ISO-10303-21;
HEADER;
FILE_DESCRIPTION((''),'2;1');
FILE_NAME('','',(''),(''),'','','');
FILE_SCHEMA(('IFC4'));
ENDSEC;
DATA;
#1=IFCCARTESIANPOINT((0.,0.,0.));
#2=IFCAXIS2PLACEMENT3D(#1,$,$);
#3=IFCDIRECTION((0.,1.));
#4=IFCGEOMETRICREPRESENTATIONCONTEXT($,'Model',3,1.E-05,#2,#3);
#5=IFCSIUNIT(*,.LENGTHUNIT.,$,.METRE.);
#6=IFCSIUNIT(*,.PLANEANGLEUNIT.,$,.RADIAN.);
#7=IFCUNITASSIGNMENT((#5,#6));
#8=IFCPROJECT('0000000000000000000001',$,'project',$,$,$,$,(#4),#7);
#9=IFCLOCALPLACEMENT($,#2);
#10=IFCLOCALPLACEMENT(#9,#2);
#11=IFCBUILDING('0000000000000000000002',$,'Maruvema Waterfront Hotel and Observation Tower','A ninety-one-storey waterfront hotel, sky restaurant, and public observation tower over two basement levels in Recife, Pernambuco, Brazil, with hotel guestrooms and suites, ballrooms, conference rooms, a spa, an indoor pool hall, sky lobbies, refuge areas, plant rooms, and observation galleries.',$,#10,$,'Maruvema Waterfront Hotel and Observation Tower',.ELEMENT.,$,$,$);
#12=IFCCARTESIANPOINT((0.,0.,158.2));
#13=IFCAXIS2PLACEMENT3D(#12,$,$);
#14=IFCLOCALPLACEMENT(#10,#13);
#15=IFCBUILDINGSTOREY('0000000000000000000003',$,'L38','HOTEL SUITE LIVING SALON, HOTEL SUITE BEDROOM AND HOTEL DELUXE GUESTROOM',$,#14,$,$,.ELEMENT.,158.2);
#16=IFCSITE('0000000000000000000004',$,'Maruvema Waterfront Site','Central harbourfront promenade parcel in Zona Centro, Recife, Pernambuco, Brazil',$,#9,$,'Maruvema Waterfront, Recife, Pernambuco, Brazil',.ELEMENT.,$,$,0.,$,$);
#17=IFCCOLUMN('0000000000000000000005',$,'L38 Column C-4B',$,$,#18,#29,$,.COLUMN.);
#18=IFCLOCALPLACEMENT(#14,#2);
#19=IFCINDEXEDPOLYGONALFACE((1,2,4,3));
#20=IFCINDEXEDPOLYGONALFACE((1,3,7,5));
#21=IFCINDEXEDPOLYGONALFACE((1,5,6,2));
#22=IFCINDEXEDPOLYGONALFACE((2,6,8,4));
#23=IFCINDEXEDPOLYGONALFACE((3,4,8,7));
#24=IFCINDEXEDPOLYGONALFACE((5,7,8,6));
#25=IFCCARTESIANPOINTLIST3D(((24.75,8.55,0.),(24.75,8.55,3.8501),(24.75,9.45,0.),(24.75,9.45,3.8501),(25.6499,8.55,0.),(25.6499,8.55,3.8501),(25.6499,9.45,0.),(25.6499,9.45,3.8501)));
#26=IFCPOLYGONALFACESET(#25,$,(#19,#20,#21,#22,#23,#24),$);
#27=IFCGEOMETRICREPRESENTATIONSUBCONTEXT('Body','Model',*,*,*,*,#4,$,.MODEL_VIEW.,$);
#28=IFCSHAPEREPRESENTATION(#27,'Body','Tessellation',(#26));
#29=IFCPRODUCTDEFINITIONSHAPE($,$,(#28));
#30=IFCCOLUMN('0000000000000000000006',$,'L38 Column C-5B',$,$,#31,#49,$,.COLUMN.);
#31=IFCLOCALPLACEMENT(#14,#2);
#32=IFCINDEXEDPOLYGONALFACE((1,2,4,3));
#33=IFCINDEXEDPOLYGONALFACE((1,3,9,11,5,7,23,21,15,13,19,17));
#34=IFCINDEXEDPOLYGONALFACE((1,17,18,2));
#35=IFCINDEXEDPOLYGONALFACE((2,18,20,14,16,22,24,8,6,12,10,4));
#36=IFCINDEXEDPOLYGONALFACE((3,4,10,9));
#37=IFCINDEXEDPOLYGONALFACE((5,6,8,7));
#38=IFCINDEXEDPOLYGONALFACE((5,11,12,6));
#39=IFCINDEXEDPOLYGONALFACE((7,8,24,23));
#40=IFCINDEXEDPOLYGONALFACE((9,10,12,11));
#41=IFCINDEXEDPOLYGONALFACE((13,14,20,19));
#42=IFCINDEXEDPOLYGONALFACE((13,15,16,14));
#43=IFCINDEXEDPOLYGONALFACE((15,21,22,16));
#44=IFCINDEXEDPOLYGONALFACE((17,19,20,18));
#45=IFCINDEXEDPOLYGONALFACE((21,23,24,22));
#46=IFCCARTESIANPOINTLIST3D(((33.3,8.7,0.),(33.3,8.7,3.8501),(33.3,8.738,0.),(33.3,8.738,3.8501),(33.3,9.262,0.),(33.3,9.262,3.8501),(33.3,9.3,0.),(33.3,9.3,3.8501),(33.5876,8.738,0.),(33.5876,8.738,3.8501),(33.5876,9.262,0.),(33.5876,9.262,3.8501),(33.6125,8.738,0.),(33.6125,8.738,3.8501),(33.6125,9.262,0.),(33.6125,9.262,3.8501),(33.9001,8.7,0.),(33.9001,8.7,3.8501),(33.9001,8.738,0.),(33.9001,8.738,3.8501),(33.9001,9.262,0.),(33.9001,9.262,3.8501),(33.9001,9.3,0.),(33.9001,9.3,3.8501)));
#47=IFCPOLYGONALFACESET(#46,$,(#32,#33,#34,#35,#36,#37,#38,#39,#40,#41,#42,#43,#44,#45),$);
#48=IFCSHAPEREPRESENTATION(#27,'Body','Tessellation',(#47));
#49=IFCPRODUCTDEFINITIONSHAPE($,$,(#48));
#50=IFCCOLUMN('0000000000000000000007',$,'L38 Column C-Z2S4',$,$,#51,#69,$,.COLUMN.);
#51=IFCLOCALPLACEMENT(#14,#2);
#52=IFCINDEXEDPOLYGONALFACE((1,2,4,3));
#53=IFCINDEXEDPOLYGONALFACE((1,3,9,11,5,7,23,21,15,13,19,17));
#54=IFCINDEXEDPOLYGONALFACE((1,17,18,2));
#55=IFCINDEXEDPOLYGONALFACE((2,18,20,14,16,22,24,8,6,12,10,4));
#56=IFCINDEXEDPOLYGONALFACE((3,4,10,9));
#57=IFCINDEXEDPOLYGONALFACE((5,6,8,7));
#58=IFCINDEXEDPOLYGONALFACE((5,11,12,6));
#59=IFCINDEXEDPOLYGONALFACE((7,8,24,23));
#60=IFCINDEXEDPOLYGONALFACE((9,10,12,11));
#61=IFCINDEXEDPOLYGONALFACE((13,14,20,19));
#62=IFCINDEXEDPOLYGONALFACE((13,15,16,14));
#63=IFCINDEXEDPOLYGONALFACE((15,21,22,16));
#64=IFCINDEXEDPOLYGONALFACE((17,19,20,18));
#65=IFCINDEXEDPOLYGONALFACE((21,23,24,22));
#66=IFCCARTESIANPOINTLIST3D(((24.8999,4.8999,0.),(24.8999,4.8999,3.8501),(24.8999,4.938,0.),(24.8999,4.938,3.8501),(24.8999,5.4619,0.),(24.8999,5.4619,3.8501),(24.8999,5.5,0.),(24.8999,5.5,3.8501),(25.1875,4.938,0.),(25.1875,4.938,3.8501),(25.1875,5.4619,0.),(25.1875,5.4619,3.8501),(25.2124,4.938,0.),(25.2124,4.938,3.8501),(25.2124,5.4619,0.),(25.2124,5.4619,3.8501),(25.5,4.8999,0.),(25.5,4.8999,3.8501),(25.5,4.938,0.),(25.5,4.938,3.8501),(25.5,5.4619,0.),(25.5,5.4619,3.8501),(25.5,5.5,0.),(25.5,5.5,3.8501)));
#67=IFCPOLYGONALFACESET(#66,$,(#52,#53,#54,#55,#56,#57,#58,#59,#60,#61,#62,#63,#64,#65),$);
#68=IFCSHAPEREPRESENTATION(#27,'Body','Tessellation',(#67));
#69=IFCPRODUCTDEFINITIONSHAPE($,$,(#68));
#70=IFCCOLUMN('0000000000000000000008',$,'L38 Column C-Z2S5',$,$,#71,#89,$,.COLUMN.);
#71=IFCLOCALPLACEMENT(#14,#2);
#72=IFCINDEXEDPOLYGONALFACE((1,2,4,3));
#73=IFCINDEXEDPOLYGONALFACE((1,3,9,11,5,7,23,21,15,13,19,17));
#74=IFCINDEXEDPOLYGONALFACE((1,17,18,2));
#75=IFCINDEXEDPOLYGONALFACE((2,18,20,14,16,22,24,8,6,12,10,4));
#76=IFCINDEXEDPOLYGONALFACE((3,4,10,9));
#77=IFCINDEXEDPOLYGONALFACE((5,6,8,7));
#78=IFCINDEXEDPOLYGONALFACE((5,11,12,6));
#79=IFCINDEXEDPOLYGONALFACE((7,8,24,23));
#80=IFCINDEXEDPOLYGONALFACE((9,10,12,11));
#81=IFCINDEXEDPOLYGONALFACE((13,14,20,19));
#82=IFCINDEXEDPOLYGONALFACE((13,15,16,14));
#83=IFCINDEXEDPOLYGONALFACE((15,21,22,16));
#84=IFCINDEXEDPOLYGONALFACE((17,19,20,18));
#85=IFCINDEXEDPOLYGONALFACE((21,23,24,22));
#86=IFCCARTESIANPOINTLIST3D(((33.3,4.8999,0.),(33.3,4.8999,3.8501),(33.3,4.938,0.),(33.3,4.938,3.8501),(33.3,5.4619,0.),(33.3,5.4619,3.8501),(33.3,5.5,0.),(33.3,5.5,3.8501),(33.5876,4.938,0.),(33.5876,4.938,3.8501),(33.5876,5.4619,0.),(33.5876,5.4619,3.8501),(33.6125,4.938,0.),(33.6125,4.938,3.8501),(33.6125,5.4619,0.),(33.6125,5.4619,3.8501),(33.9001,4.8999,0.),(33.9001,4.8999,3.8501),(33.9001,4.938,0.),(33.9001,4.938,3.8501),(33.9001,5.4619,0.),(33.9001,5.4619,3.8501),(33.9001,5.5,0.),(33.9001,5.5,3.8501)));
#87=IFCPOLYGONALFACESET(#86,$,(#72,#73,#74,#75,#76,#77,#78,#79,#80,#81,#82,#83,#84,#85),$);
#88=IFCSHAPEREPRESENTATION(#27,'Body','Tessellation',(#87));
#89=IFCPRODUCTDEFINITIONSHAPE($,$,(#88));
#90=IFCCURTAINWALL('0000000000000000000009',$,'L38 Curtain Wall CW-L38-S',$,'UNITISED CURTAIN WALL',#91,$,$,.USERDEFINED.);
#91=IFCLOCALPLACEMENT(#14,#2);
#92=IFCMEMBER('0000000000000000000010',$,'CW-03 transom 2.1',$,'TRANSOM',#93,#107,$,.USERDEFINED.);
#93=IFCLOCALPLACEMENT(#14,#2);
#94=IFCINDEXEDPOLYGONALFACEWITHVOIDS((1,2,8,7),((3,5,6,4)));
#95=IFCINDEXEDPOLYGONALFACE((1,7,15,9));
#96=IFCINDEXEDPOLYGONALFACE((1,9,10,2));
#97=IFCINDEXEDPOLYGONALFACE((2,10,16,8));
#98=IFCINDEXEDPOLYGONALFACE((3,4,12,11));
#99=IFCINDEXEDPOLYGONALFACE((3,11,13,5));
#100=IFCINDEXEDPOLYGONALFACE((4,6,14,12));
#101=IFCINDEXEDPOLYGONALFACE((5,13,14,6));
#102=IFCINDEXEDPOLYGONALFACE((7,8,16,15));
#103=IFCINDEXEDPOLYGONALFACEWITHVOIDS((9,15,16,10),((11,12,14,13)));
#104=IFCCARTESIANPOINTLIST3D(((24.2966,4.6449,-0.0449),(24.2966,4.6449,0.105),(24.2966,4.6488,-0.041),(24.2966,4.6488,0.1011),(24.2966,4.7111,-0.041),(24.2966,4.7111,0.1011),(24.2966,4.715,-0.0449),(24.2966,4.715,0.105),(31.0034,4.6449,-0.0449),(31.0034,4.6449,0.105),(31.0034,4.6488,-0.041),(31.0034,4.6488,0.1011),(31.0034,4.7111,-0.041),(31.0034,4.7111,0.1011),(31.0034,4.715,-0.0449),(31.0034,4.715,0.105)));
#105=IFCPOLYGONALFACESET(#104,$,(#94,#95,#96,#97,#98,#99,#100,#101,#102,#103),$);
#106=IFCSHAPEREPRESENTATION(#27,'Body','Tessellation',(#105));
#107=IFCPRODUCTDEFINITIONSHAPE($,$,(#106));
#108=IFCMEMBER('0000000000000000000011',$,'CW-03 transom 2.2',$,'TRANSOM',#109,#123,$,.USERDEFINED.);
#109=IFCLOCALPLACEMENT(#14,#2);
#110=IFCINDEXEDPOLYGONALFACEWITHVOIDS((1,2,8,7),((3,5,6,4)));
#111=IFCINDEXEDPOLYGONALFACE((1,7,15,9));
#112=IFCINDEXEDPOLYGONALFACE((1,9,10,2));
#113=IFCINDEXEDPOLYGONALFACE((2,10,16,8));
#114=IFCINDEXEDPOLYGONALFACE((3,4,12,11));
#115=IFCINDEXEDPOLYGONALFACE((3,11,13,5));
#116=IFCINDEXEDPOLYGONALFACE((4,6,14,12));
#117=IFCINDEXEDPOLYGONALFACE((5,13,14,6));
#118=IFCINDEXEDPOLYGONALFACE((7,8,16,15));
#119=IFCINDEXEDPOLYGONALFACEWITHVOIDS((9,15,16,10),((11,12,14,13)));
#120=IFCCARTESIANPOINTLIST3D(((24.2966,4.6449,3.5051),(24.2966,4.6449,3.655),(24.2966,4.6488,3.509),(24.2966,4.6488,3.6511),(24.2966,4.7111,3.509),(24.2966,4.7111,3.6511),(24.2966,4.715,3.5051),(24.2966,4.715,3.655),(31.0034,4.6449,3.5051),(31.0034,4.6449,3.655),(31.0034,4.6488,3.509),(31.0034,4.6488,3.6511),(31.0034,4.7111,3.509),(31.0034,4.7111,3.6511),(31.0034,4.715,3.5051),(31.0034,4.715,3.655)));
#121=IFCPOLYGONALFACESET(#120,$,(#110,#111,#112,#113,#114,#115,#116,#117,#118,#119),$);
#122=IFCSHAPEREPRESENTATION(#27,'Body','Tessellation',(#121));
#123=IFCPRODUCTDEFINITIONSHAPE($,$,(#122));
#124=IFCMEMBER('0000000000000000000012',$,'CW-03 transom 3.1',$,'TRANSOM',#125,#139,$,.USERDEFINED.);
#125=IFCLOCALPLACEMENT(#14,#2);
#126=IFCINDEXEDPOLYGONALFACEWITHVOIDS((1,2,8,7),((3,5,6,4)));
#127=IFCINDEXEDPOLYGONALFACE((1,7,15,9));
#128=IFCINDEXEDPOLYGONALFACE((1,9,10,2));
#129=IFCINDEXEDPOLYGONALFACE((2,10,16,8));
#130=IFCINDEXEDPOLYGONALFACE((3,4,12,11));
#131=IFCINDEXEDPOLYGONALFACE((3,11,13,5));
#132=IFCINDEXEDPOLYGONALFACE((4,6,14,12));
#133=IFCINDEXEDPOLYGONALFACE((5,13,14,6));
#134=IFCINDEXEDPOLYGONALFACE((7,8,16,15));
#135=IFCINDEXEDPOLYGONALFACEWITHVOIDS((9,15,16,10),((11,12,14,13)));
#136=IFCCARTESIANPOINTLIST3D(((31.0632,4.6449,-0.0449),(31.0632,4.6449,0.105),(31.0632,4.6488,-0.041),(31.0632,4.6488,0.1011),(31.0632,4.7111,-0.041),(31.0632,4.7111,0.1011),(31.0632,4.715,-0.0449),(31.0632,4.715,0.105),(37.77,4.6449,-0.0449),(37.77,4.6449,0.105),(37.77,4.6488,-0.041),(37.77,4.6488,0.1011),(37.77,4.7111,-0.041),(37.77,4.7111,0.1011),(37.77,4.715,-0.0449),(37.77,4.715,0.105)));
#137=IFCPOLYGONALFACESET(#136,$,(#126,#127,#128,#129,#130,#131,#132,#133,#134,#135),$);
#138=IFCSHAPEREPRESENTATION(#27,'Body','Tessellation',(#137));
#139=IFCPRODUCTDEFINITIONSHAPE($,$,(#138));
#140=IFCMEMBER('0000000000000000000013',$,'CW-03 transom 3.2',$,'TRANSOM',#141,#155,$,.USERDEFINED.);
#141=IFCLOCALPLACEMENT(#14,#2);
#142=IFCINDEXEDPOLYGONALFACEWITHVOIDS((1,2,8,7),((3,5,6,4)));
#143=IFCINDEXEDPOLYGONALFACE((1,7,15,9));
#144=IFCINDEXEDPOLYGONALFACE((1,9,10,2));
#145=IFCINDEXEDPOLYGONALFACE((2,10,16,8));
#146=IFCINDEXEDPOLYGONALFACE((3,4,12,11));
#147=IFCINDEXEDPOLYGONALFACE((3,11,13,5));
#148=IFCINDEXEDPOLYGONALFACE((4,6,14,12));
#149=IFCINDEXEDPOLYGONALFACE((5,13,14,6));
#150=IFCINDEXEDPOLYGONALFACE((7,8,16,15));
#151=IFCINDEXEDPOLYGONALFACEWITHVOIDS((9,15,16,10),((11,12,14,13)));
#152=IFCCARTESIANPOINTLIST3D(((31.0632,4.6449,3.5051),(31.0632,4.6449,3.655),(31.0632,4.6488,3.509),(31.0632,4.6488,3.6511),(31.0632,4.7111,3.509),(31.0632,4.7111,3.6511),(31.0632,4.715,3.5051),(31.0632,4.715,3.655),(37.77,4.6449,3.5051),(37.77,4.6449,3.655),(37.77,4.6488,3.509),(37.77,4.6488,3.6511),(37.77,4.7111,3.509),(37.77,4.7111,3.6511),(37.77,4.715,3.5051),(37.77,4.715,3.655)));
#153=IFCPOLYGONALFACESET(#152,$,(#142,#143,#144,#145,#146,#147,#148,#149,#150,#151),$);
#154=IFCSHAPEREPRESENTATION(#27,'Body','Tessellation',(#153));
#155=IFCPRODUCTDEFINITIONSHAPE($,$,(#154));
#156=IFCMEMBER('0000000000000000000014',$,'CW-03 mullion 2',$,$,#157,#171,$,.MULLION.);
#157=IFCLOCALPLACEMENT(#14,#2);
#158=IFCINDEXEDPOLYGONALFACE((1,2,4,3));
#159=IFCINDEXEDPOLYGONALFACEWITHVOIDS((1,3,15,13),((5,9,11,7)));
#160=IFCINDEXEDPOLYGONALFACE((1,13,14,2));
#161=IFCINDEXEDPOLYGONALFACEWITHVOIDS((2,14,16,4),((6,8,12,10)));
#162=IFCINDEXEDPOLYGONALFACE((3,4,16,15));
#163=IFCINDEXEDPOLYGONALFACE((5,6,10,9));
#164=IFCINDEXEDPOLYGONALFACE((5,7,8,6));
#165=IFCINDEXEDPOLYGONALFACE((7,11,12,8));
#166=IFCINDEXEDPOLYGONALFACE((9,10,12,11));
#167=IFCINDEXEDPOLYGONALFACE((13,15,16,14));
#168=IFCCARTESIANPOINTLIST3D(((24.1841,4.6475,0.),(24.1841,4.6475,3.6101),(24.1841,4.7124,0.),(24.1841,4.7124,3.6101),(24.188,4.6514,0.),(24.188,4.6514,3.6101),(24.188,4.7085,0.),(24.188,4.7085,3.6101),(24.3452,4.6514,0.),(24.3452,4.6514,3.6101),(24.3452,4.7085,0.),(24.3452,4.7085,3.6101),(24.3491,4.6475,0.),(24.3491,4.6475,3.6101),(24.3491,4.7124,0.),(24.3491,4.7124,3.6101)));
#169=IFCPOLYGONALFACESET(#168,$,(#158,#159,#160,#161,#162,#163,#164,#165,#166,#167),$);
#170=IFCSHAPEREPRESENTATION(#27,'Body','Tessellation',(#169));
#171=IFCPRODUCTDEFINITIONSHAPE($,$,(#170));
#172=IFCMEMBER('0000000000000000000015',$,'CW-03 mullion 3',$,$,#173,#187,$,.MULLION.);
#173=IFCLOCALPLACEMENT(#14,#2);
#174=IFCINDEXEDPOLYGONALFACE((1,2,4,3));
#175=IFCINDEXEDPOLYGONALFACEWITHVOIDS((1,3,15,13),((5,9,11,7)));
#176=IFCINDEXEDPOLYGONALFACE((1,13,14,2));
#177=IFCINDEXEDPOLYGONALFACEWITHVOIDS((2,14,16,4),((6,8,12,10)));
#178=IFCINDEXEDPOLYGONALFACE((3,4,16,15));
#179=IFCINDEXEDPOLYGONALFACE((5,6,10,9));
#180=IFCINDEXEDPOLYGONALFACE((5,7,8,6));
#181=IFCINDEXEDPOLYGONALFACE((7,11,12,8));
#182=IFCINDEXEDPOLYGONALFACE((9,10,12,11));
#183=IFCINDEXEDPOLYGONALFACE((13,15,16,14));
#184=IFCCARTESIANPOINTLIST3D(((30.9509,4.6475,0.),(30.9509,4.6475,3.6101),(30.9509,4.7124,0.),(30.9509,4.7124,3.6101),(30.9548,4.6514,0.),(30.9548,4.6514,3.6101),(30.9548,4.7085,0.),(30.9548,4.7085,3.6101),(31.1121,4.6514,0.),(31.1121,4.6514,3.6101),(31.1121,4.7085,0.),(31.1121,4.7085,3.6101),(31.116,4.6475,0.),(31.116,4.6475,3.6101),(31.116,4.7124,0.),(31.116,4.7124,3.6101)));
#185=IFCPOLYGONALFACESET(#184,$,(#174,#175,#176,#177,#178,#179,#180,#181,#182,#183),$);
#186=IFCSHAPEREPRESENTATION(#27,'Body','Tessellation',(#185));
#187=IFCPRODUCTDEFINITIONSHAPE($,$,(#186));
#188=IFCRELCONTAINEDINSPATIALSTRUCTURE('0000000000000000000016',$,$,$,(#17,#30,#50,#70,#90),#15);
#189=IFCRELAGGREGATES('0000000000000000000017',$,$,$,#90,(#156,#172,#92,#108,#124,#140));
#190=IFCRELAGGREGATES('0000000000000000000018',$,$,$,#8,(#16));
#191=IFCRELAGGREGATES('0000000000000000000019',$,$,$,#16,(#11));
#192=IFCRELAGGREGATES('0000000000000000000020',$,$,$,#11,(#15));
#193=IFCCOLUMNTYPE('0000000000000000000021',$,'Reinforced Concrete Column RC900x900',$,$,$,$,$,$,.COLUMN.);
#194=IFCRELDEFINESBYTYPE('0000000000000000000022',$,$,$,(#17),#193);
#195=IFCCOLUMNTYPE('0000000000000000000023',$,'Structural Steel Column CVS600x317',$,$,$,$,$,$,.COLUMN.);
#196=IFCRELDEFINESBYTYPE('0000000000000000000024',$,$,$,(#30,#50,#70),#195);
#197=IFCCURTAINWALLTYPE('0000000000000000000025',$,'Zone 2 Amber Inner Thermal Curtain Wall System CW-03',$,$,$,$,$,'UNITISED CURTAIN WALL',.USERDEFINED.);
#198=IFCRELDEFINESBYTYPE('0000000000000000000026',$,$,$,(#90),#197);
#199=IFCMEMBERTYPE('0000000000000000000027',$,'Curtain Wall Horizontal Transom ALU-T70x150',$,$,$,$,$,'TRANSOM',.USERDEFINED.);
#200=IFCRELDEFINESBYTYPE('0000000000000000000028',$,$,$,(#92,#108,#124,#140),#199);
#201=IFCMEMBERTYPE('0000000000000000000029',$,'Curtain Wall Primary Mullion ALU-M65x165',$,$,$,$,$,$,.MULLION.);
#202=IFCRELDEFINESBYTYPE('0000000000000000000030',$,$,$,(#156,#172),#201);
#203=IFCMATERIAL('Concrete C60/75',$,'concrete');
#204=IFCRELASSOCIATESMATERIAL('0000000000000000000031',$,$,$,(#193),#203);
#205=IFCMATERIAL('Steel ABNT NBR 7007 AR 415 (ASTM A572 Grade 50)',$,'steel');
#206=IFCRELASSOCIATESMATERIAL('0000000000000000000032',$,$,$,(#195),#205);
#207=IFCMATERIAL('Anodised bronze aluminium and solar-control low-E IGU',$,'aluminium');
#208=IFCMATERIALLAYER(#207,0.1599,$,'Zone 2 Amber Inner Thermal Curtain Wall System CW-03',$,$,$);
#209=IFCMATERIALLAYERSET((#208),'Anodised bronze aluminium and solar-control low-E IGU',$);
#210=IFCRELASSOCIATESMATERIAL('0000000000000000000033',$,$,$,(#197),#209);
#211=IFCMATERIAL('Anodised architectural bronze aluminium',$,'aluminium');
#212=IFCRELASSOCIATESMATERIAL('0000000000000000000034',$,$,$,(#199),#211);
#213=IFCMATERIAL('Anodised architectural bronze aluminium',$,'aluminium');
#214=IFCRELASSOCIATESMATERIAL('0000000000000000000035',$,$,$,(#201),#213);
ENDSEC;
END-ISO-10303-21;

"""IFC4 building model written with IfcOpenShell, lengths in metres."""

from ifc_helpers import new_model, si_unit, direction, frame, origin, origin_2d, place, context, subcontext, project, spatial, rectangle, hollow_rectangle, i_section, extrude, material, layer, layer_set, material_profile, profile_set, type_object, element, aggregate, save


model = new_model("IFC4")

# Units and contexts
model_context = context("Model", 3, precision=1e-05, world=origin(), true_north=direction((0.0, 1.0)))
body_context = subcontext(model_context, "Body", "Model", "MODEL_VIEW")
ifc_project = project(units=[si_unit("LENGTHUNIT", "METRE"), si_unit("PLANEANGLEUNIT", "RADIAN")], contexts=[model_context])

# Site, building, storey
site_placement = place(None, origin())
site = spatial("IfcSite", under=ifc_project, at=site_placement, Name="Maruvema Waterfront Site", Description="Central harbourfront promenade parcel in Zona Centro, Recife, Pernambuco, Brazil", LongName="Maruvema Waterfront, Recife, Pernambuco, Brazil", CompositionType="ELEMENT", RefElevation=0.0)
building_placement = place(site_placement, origin())
building = spatial("IfcBuilding", under=site, at=building_placement, Name="Maruvema Waterfront Hotel and Observation Tower", Description="A ninety-one-storey waterfront hotel, sky restaurant, and public observation tower over two basement levels in Recife, Pernambuco, Brazil, with hotel guestrooms and suites, ballrooms, conference rooms, a spa, an indoor pool hall, sky lobbies, refuge areas, plant rooms, and observation galleries.", LongName="Maruvema Waterfront Hotel and Observation Tower", CompositionType="ELEMENT")
storey_placement = place(building_placement, frame((0.0, 0.0, 158.2)))
storey = spatial("IfcBuildingStorey", under=building, at=storey_placement, Name="L38", Description="HOTEL SUITE LIVING SALON, HOTEL SUITE BEDROOM AND HOTEL DELUXE GUESTROOM", CompositionType="ELEMENT", Elevation=158.2)

# Columns
ifc_material_1 = material(Name="Concrete C60/75", Category="concrete")
ifc_material_profile_1 = material_profile(ifc_material_1, rectangle(XDim=0.8999, YDim=0.8999, at=origin_2d()), Name="RC900x900")
ifc_profile_set_1 = profile_set([ifc_material_profile_1], Name="Concrete C60/75")
column_type_1 = type_object("IfcColumnType", Name="Reinforced Concrete Column RC900x900", PredefinedType="COLUMN", material=ifc_profile_set_1)
column_placement = place(storey_placement, frame((25.2, 9.0, 0.0), z_axis=(0.0, 0.0, 1.0), x_axis=(1.0, 0.0, 0.0)))
element("IfcColumn", 1, at=column_placement, inside=storey, type_object=column_type_1, Name="L38 Column C-4B", PredefinedType="COLUMN", context=body_context, shape_type="SweptSolid", body=[
    extrude(rectangle(XDim=0.8999, YDim=0.8999, at=origin_2d()), origin(), (0.0, 0.0, 1.0), 3.8501),
])
ifc_material_2 = material(Name="Steel ABNT NBR 7007 AR 415 (ASTM A572 Grade 50)", Category="steel")
ifc_material_profile_2 = material_profile(ifc_material_2, i_section(OverallWidth=0.6001, OverallDepth=0.6001, WebThickness=0.0249, FlangeThickness=0.0381, at=origin_2d()), Name="CVS600x317")
ifc_profile_set_2 = profile_set([ifc_material_profile_2], Name="Steel ABNT NBR 7007 AR 415 (ASTM A572 Grade 50)")
column_type_2 = type_object("IfcColumnType", Name="Structural Steel Column CVS600x317", PredefinedType="COLUMN", material=ifc_profile_set_2)
for number, where, z_axis, x_axis, name in (
    (2, (33.6001, 9.0, 0.0), (0.0, 0.0, 1.0), (1.0, 0.0, 0.0), "L38 Column C-5B"),
    (3, (25.2, 5.2, 0.0), (0.0, 0.0, 1.0), (1.0, 0.0, 0.0), "L38 Column C-Z2S4"),
    (4, (33.6001, 5.2, 0.0), (0.0, 0.0, 1.0), (1.0, 0.0, 0.0), "L38 Column C-Z2S5"),
):
    element("IfcColumn", number, at=place(storey_placement, frame(where, z_axis=z_axis, x_axis=x_axis)), inside=storey, type_object=column_type_2, Name=name, PredefinedType="COLUMN", context=body_context, shape_type="SweptSolid", body=[
        extrude(i_section(OverallWidth=0.6001, OverallDepth=0.6001, WebThickness=0.0249, FlangeThickness=0.0381, at=origin_2d()), origin(), (0.0, 0.0, 1.0), 3.8501),
    ])

# Curtain wall, members
ifc_material_3 = material(Name="Anodised bronze aluminium and solar-control low-E IGU", Category="aluminium")
ifc_layer_1 = layer(ifc_material_3, 0.1599, Name="Zone 2 Amber Inner Thermal Curtain Wall System CW-03")
ifc_layer_set_1 = layer_set([ifc_layer_1], Name="Anodised bronze aluminium and solar-control low-E IGU")
curtain_wall_type = type_object("IfcCurtainWallType", Name="Zone 2 Amber Inner Thermal Curtain Wall System CW-03", ElementType="UNITISED CURTAIN WALL", PredefinedType="USERDEFINED", material=ifc_layer_set_1)
curtain_wall_placement = place(storey_placement, origin())
curtain_wall = element("IfcCurtainWall", 5, at=curtain_wall_placement, inside=storey, type_object=curtain_wall_type, Name="L38 Curtain Wall CW-L38-S", ObjectType="UNITISED CURTAIN WALL", PredefinedType="USERDEFINED")
ifc_material_4 = material(Name="Anodised architectural bronze aluminium", Category="aluminium")
ifc_material_profile_3 = material_profile(ifc_material_4, hollow_rectangle(XDim=0.0701, YDim=0.1499, WallThickness=0.0039, at=origin_2d()), Name="ALU-T70x150")
ifc_profile_set_3 = profile_set([ifc_material_profile_3], Name="Anodised architectural bronze aluminium")
member_type_1 = type_object("IfcMemberType", Name="Curtain Wall Horizontal Transom ALU-T70x150", ElementType="TRANSOM", PredefinedType="USERDEFINED", material=ifc_profile_set_3)
member_1_placement = place(storey_placement, frame((24.2966, 4.6799, 0.03), z_axis=(1.0, 0.0, 0.0), x_axis=(0.0, 1.0, 0.0)))
member_1 = element("IfcMember", 6, at=member_1_placement, type_object=member_type_1, Name="CW-03 transom 2.1", ObjectType="TRANSOM", PredefinedType="USERDEFINED", context=body_context, shape_type="SweptSolid", body=[
    extrude(hollow_rectangle(XDim=0.0701, YDim=0.1499, WallThickness=0.0039, at=origin_2d()), origin(), (0.0, 0.0, 1.0), 6.7068),
])
member_2_placement = place(storey_placement, frame((24.2966, 4.6799, 3.5801), z_axis=(1.0, 0.0, 0.0), x_axis=(0.0, 1.0, 0.0)))
member_2 = element("IfcMember", 7, at=member_2_placement, type_object=member_type_1, Name="CW-03 transom 2.2", ObjectType="TRANSOM", PredefinedType="USERDEFINED", context=body_context, shape_type="SweptSolid", body=[
    extrude(hollow_rectangle(XDim=0.0701, YDim=0.1499, WallThickness=0.0039, at=origin_2d()), origin(), (0.0, 0.0, 1.0), 6.7068),
])
member_3_placement = place(storey_placement, frame((31.0632, 4.6799, 0.03), z_axis=(1.0, 0.0, 0.0), x_axis=(0.0, 1.0, 0.0)))
member_3 = element("IfcMember", 8, at=member_3_placement, type_object=member_type_1, Name="CW-03 transom 3.1", ObjectType="TRANSOM", PredefinedType="USERDEFINED", context=body_context, shape_type="SweptSolid", body=[
    extrude(hollow_rectangle(XDim=0.0701, YDim=0.1499, WallThickness=0.0039, at=origin_2d()), origin(), (0.0, 0.0, 1.0), 6.7068),
])
member_4_placement = place(storey_placement, frame((31.0632, 4.6799, 3.5801), z_axis=(1.0, 0.0, 0.0), x_axis=(0.0, 1.0, 0.0)))
member_4 = element("IfcMember", 9, at=member_4_placement, type_object=member_type_1, Name="CW-03 transom 3.2", ObjectType="TRANSOM", PredefinedType="USERDEFINED", context=body_context, shape_type="SweptSolid", body=[
    extrude(hollow_rectangle(XDim=0.0701, YDim=0.1499, WallThickness=0.0039, at=origin_2d()), origin(), (0.0, 0.0, 1.0), 6.7068),
])
ifc_material_5 = material(Name="Anodised architectural bronze aluminium", Category="aluminium")
ifc_material_profile_4 = material_profile(ifc_material_5, hollow_rectangle(XDim=0.0649, YDim=0.165, WallThickness=0.0039, at=origin_2d()), Name="ALU-M65x165")
ifc_profile_set_4 = profile_set([ifc_material_profile_4], Name="Anodised architectural bronze aluminium")
member_type_2 = type_object("IfcMemberType", Name="Curtain Wall Primary Mullion ALU-M65x165", PredefinedType="MULLION", material=ifc_profile_set_4)
member_5_placement = place(storey_placement, frame((24.2666, 4.6799, 0.0), z_axis=(0.0, 0.0, 1.0), x_axis=(0.0, 1.0, 0.0)))
member_5 = element("IfcMember", 10, at=member_5_placement, type_object=member_type_2, Name="CW-03 mullion 2", PredefinedType="MULLION", context=body_context, shape_type="SweptSolid", body=[
    extrude(hollow_rectangle(XDim=0.0649, YDim=0.165, WallThickness=0.0039, at=origin_2d()), origin(), (0.0, 0.0, 1.0), 3.6101),
])
member_6_placement = place(storey_placement, frame((31.0334, 4.6799, 0.0), z_axis=(0.0, 0.0, 1.0), x_axis=(0.0, 1.0, 0.0)))
member_6 = element("IfcMember", 11, at=member_6_placement, type_object=member_type_2, Name="CW-03 mullion 3", PredefinedType="MULLION", context=body_context, shape_type="SweptSolid", body=[
    extrude(hollow_rectangle(XDim=0.0649, YDim=0.165, WallThickness=0.0039, at=origin_2d()), origin(), (0.0, 0.0, 1.0), 3.6101),
])

aggregate(curtain_wall, [member_5, member_6, member_1, member_2, member_3, member_4])

save(model, "model.ifc")
